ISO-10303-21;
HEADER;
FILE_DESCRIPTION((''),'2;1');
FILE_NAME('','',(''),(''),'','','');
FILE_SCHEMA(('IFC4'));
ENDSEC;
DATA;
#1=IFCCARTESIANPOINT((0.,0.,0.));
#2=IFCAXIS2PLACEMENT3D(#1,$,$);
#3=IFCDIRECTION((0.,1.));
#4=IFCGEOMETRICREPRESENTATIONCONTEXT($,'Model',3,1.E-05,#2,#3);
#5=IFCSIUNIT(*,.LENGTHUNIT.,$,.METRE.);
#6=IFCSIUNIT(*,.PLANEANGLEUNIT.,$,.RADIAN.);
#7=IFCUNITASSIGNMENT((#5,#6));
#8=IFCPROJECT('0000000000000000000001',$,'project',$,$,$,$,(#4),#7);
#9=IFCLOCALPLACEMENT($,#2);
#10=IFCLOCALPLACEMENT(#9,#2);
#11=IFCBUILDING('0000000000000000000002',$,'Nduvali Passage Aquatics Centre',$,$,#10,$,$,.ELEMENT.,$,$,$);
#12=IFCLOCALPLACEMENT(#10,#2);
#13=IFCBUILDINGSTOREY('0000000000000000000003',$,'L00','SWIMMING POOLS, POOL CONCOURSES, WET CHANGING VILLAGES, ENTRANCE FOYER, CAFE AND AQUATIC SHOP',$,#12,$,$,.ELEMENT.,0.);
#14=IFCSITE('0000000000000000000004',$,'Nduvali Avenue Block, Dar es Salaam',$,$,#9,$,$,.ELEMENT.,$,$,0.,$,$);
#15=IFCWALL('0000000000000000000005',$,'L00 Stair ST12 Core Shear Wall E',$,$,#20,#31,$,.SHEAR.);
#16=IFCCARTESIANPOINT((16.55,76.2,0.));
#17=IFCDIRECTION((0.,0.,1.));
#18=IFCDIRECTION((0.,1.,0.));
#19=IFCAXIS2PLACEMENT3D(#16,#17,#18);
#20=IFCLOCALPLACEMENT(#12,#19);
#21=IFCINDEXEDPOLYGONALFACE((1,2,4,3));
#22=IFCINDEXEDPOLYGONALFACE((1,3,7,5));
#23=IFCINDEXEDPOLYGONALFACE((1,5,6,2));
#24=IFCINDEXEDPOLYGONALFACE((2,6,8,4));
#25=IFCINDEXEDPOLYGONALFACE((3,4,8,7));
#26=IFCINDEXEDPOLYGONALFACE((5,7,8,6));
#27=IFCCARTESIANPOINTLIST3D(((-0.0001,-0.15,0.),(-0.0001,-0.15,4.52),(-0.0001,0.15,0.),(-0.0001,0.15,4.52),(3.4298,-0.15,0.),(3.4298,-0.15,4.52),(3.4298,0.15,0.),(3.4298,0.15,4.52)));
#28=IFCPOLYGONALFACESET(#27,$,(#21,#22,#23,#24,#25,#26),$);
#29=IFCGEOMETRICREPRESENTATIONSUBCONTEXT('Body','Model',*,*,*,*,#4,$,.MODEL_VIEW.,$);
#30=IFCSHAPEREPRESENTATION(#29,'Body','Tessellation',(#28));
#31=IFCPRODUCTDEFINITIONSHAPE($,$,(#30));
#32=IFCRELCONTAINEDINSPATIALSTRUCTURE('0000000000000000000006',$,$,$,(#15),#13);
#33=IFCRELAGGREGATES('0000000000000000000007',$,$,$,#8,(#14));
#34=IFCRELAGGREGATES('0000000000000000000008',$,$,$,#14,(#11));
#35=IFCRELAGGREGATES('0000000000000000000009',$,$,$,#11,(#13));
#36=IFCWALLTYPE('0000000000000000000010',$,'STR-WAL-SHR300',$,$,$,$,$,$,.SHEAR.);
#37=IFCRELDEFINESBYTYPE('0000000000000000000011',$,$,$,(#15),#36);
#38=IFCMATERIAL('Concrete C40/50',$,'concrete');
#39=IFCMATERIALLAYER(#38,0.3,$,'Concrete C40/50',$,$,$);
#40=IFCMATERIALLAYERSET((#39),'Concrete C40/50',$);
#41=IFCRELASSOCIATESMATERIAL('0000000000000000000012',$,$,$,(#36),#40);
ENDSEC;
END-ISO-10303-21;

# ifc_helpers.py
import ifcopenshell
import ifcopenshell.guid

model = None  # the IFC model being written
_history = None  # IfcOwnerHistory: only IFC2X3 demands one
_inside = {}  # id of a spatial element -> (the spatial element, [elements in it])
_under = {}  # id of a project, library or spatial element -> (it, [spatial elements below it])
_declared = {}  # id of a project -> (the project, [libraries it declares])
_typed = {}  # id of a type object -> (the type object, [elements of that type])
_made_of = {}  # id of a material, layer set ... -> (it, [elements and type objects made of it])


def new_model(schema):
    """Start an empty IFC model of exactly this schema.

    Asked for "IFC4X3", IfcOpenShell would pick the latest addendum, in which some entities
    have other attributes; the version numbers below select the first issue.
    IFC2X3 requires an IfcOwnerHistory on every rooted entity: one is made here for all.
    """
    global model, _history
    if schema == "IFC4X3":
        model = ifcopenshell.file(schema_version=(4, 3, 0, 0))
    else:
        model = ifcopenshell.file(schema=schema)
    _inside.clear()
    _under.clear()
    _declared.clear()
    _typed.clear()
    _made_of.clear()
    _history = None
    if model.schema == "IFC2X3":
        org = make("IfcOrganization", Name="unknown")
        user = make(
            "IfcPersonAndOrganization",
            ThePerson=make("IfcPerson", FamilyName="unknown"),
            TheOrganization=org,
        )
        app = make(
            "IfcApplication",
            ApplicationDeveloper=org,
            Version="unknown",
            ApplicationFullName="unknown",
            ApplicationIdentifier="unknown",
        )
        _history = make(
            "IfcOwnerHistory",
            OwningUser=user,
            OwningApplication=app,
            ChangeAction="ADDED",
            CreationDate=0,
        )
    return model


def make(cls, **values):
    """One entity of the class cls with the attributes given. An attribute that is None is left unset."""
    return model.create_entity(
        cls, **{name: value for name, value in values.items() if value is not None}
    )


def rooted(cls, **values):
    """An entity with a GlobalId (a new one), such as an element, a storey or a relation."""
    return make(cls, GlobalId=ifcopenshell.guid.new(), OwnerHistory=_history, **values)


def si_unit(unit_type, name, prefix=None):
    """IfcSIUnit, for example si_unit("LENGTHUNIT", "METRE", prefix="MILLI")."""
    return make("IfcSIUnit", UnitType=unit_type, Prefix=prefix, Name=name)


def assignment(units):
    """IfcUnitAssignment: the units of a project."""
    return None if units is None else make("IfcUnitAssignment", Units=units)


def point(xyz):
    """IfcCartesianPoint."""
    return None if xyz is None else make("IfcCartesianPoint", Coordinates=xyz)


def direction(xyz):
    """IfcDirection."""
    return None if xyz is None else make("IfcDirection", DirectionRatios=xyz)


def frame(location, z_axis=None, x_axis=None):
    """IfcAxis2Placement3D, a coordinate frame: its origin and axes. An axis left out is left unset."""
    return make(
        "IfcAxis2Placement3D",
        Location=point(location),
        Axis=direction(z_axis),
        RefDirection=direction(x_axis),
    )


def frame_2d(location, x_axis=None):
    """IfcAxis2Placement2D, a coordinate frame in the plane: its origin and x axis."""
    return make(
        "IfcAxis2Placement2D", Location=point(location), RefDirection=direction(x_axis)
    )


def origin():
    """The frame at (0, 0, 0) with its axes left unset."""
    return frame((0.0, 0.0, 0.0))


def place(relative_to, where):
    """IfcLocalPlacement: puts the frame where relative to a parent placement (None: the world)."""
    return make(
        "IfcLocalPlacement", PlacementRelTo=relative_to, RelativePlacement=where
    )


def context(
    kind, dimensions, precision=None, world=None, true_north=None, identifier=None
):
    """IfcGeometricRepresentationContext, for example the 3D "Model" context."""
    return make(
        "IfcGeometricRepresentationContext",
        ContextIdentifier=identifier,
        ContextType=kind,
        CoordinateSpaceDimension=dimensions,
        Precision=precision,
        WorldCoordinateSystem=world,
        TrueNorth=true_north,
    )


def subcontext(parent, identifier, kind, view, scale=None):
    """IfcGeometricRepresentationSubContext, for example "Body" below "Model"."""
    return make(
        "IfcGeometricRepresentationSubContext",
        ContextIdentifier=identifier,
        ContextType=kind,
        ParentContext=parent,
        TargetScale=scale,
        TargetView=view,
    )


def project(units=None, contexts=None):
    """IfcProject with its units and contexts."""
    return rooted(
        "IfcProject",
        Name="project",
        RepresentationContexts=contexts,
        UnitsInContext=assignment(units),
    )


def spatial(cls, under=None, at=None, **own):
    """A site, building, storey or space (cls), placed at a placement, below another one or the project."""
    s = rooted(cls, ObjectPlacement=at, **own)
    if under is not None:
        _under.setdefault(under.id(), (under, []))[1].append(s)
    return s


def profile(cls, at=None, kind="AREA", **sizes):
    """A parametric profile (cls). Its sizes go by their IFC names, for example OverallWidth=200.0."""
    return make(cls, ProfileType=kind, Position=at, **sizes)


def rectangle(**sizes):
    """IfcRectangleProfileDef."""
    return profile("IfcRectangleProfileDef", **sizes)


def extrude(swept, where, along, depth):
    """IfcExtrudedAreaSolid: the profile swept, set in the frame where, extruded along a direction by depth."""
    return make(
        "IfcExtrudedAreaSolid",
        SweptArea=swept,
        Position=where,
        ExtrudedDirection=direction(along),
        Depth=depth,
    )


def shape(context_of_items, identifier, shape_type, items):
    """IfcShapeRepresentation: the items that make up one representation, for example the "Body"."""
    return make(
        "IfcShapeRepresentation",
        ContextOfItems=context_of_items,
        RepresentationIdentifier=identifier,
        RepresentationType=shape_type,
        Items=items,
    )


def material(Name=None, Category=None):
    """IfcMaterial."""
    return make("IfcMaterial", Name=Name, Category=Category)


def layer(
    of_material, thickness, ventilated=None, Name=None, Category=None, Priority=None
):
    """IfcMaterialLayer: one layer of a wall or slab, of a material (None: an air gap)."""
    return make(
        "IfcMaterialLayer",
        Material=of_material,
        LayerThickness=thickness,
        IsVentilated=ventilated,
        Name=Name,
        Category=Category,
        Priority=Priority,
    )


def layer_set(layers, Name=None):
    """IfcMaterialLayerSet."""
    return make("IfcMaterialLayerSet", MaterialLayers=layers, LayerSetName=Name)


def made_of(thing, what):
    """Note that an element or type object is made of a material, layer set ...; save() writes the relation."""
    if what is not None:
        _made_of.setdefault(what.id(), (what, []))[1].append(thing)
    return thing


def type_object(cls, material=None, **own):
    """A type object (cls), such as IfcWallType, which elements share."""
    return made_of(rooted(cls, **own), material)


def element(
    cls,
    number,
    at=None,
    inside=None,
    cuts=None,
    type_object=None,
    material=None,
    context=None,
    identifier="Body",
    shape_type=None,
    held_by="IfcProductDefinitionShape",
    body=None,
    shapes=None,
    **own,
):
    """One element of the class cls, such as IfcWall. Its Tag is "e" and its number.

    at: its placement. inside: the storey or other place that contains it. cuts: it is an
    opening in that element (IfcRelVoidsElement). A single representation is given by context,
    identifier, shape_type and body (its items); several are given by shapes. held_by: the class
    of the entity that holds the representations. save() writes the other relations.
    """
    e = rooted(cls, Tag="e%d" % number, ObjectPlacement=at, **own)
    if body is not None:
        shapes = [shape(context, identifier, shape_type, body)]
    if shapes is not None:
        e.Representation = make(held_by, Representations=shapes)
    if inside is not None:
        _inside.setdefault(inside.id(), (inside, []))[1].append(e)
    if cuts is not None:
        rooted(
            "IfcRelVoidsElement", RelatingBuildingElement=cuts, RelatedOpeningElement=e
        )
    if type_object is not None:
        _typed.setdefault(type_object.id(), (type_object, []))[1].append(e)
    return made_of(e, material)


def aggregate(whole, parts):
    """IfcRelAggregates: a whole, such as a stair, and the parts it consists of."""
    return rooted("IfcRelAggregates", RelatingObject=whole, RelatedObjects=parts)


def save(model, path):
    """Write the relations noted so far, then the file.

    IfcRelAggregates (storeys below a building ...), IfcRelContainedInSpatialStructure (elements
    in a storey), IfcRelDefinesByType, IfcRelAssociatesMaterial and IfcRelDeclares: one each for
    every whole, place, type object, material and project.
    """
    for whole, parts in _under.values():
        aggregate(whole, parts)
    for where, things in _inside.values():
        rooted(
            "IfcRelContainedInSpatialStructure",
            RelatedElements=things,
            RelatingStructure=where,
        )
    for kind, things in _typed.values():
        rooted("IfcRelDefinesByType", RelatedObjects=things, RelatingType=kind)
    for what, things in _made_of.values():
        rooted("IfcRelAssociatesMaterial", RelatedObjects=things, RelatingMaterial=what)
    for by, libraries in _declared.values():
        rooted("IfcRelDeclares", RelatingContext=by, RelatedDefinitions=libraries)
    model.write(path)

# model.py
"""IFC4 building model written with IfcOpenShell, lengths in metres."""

from ifc_helpers import new_model, si_unit, direction, frame, frame_2d, origin, place, context, subcontext, project, spatial, rectangle, extrude, material, layer, layer_set, type_object, element, save


model = new_model("IFC4")

# Units and contexts
model_context = context("Model", 3, precision=1e-05, world=origin(), true_north=direction((0.0, 1.0)))
body_context = subcontext(model_context, "Body", "Model", "MODEL_VIEW")
ifc_project = project(units=[si_unit("LENGTHUNIT", "METRE"), si_unit("PLANEANGLEUNIT", "RADIAN")], contexts=[model_context])

# Site, building, storey
site_placement = place(None, origin())
site = spatial("IfcSite", under=ifc_project, at=site_placement, Name="Nduvali Avenue Block, Dar es Salaam", CompositionType="ELEMENT", RefElevation=0.0)
building_placement = place(site_placement, origin())
building = spatial("IfcBuilding", under=site, at=building_placement, Name="Nduvali Passage Aquatics Centre", CompositionType="ELEMENT")
storey_placement = place(building_placement, origin())
storey = spatial("IfcBuildingStorey", under=building, at=storey_placement, Name="L00", Description="SWIMMING POOLS, POOL CONCOURSES, WET CHANGING VILLAGES, ENTRANCE FOYER, CAFE AND AQUATIC SHOP", CompositionType="ELEMENT", Elevation=0.0)

# Shared definitions
ifc_material_1 = material(Name="Concrete C40/50", Category="concrete")

# Wall
ifc_layer_1 = layer(ifc_material_1, 0.3, Name="Concrete C40/50")
ifc_layer_set_1 = layer_set([ifc_layer_1], Name="Concrete C40/50")
wall_type_1 = type_object("IfcWallType", Name="STR-WAL-SHR300", PredefinedType="SHEAR", material=ifc_layer_set_1)
wall_1_placement = place(storey_placement, frame((16.55, 76.2, 0.0), z_axis=(0.0, 0.0, 1.0), x_axis=(0.0, 1.0, 0.0)))
element("IfcWall", 1, at=wall_1_placement, inside=storey, type_object=wall_type_1, Name="L00 Stair ST12 Core Shear Wall E", PredefinedType="SHEAR", context=body_context, shape_type="SweptSolid", body=[
    extrude(rectangle(XDim=3.4299, YDim=0.3, at=frame_2d((1.7148, 0.0))), origin(), (0.0, 0.0, 1.0), 4.52),
])

save(model, "model.ifc")
